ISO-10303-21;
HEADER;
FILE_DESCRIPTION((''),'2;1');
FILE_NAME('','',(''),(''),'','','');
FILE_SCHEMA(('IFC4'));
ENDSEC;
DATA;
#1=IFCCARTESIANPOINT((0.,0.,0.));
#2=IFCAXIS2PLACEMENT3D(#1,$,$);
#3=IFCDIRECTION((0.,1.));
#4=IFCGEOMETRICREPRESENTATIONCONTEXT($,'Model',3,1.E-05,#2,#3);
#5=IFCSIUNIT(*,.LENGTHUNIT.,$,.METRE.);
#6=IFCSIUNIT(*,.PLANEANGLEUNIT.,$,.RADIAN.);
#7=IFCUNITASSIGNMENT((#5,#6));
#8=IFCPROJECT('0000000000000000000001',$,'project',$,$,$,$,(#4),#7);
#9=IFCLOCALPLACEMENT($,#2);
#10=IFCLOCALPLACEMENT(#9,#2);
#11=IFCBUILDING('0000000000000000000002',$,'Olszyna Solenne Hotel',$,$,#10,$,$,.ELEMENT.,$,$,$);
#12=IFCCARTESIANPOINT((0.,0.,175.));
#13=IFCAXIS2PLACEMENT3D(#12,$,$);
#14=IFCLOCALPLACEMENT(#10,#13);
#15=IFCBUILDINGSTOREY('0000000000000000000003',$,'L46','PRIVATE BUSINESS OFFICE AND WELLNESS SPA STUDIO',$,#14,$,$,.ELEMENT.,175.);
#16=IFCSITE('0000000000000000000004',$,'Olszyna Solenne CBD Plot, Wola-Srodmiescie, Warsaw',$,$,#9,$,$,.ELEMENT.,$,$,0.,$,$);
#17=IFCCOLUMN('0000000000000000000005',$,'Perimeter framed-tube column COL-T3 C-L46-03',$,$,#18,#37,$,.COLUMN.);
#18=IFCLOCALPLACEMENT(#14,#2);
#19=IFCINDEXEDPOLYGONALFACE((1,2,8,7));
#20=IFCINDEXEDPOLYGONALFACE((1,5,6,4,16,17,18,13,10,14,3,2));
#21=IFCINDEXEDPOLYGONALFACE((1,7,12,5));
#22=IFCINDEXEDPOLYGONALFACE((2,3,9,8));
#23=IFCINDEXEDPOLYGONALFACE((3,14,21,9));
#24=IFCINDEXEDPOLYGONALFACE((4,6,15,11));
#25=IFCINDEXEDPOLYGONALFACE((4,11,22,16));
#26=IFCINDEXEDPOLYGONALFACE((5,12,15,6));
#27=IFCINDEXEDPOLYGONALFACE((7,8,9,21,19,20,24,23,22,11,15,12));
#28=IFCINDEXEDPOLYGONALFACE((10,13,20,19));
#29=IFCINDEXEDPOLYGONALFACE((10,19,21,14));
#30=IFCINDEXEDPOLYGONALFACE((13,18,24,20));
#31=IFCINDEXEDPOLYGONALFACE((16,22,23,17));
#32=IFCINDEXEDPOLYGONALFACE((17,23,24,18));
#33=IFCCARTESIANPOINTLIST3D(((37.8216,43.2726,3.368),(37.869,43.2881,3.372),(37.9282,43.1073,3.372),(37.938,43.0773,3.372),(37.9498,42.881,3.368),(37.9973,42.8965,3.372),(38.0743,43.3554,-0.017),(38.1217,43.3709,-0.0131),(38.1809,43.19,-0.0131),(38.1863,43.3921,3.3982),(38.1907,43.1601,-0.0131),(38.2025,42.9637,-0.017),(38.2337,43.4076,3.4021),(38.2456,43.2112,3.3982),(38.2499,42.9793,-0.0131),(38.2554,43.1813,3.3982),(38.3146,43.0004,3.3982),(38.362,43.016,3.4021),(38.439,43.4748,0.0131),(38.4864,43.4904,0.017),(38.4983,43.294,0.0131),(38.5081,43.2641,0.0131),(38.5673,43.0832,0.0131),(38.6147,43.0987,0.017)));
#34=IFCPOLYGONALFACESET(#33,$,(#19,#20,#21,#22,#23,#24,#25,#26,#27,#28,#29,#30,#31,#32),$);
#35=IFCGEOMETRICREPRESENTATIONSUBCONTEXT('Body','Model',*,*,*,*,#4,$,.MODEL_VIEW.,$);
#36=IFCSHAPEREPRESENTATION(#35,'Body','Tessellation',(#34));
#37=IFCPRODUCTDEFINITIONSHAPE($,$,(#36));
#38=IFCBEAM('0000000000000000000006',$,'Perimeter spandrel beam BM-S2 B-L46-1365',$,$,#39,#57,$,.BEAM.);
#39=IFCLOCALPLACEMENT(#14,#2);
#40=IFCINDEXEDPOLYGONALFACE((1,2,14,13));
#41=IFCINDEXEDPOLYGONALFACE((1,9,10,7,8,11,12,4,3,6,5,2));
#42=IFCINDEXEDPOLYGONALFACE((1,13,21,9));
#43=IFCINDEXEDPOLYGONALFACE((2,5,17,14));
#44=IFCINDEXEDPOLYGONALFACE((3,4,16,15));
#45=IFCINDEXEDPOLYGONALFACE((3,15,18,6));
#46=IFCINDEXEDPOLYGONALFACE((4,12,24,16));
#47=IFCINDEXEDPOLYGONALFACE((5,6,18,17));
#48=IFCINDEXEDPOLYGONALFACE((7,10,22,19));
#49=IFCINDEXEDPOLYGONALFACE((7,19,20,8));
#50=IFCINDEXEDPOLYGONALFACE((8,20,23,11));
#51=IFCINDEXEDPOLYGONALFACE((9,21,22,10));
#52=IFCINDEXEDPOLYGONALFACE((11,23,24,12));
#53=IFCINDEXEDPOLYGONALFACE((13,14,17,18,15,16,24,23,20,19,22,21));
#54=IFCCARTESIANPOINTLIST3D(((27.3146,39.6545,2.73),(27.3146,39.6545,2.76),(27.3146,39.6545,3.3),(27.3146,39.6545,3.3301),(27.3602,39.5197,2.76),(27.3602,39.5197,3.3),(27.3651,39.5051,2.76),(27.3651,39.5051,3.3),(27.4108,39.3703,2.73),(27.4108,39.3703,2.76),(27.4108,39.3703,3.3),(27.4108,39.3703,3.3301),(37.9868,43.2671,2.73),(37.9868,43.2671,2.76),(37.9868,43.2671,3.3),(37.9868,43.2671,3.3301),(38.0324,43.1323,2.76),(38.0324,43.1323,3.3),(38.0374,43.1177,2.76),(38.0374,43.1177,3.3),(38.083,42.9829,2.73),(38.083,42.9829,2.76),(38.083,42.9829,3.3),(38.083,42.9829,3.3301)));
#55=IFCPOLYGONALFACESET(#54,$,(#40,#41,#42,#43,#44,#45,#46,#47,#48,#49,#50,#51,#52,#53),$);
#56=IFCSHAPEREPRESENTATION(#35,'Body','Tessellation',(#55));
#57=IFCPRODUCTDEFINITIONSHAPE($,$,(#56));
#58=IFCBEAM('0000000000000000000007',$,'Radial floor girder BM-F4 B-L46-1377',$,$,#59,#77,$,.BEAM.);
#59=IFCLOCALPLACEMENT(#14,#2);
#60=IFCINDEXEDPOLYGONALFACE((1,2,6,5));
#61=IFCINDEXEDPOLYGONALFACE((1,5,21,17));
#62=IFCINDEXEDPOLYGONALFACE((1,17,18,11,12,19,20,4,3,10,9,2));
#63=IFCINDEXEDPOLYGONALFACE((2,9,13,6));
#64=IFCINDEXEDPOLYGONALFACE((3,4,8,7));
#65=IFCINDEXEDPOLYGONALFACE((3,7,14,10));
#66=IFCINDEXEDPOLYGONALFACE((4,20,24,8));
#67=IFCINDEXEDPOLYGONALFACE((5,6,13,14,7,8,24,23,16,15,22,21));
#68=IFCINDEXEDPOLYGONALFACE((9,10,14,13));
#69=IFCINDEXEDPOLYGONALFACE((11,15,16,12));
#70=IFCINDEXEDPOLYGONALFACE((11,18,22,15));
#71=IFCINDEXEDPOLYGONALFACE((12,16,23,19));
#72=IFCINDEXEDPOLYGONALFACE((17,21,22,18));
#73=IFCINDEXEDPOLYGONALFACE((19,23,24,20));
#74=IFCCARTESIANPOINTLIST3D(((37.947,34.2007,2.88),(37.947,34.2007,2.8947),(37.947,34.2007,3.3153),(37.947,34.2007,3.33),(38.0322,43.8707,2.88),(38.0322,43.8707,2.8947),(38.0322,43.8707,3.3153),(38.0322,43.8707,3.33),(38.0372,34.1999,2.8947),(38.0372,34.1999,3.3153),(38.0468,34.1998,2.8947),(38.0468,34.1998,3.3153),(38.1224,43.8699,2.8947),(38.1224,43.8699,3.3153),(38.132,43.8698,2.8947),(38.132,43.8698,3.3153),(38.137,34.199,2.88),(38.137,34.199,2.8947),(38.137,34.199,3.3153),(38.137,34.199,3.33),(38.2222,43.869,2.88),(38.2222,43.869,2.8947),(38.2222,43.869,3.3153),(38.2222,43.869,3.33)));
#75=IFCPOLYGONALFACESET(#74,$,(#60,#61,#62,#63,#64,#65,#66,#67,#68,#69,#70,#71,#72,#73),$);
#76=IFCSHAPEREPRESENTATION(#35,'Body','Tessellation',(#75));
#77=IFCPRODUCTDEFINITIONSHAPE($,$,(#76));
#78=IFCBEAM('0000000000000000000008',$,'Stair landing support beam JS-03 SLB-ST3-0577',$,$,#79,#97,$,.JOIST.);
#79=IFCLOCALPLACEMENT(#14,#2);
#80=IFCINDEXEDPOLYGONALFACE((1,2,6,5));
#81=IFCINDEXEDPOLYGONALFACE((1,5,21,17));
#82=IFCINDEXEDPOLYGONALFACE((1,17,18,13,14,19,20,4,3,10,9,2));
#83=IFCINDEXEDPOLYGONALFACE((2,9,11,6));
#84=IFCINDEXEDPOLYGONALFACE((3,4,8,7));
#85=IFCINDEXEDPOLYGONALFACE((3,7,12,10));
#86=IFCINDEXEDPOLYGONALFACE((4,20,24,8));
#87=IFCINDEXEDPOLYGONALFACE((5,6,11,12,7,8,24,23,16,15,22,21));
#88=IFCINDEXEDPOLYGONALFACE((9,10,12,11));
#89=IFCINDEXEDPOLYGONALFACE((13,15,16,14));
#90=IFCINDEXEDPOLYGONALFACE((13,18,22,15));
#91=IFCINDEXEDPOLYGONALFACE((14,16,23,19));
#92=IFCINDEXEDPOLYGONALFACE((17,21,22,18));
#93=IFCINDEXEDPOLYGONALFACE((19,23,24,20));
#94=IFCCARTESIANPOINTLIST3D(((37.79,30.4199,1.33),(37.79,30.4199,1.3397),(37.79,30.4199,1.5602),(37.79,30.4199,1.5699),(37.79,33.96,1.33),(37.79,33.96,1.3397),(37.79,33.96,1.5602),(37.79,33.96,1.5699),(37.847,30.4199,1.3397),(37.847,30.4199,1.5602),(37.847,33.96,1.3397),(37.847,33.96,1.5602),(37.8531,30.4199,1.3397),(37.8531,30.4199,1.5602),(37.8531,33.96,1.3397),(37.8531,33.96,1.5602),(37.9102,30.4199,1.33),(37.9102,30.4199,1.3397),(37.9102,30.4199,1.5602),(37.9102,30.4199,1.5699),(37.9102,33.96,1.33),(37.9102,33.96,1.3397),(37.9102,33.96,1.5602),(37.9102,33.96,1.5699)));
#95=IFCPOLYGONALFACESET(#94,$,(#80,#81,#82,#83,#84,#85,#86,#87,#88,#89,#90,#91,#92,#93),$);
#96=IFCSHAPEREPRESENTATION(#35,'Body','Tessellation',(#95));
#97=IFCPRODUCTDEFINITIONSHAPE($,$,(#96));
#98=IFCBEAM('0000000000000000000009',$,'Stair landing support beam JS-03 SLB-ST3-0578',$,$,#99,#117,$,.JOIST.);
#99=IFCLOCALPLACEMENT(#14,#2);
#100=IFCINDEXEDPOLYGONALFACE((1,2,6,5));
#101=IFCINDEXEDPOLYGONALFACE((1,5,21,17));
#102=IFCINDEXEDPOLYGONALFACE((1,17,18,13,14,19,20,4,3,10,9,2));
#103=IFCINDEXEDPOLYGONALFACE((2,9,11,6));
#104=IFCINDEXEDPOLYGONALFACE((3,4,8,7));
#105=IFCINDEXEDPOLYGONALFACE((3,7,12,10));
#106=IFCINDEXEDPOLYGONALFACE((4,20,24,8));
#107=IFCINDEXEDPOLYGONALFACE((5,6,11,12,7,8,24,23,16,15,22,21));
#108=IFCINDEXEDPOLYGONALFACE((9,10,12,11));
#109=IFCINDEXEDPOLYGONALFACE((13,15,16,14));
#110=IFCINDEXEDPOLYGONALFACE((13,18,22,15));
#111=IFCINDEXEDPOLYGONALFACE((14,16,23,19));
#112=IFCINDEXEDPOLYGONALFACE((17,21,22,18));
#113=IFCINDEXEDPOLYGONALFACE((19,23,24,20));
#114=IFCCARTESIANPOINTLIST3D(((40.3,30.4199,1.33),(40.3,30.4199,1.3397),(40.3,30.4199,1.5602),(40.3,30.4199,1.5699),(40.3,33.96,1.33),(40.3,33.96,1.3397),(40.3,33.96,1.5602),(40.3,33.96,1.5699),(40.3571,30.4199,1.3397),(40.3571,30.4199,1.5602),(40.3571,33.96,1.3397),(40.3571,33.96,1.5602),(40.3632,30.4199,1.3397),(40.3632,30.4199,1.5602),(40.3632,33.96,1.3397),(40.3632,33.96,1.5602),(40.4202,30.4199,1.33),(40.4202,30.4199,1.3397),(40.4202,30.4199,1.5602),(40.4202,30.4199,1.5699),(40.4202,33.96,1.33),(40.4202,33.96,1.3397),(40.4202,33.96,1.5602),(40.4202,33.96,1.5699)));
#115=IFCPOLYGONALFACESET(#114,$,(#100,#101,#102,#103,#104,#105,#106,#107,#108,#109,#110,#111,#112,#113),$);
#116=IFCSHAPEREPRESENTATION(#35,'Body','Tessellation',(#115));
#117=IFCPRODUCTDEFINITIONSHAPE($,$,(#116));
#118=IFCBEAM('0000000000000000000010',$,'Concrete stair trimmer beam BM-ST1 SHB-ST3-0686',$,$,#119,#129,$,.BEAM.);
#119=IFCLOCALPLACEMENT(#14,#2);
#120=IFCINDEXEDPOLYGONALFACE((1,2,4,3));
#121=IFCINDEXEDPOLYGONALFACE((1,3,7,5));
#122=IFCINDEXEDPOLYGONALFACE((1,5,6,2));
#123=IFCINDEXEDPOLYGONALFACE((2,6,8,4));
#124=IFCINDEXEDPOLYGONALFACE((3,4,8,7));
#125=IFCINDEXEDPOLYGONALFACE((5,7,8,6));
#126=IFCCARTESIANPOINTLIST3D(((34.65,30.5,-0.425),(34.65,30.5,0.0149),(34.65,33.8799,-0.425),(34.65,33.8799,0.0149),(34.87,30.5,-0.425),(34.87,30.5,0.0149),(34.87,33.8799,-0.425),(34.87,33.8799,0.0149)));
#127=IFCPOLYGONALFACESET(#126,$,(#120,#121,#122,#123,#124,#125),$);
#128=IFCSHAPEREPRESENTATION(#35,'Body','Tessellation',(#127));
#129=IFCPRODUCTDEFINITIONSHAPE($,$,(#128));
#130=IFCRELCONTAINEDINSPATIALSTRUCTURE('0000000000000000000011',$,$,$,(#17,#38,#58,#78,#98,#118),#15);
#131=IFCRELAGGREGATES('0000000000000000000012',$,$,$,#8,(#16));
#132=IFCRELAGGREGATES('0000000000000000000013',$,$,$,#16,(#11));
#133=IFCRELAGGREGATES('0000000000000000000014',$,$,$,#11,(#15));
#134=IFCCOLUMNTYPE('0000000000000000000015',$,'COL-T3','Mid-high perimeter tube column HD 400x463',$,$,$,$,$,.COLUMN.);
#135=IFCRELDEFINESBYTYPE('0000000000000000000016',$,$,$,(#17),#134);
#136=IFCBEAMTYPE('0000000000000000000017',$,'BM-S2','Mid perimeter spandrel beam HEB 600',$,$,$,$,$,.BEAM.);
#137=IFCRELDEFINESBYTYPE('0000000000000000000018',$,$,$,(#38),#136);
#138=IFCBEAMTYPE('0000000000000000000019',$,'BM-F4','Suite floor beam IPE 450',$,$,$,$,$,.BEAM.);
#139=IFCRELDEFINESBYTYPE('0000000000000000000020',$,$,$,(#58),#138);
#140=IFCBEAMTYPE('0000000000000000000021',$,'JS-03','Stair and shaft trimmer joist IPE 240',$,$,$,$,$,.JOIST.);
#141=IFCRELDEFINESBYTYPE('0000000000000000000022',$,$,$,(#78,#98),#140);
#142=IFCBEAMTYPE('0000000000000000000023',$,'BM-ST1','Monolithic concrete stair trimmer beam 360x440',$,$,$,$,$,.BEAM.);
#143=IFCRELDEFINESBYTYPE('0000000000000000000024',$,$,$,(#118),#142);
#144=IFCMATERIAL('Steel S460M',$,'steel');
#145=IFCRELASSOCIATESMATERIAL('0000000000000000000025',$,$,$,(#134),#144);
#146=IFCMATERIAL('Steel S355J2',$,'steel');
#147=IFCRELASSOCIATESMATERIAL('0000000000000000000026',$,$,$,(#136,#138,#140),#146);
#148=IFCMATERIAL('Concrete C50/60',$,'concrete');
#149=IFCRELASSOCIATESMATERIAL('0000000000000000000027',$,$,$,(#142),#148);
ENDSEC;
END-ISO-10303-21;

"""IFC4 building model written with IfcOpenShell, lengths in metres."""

from ifc_helpers import new_model, si_unit, direction, frame, origin, origin_2d, place, context, subcontext, project, spatial, rectangle, i_section, extrude, source, transform, mapped, material, material_profile, profile_set, type_object, element, save


model = new_model("IFC4")

# Units and contexts
model_context = context("Model", 3, precision=1e-05, world=origin(), true_north=direction((0.0, 1.0)))
body_context = subcontext(model_context, "Body", "Model", "MODEL_VIEW")
ifc_project = project(units=[si_unit("LENGTHUNIT", "METRE"), si_unit("PLANEANGLEUNIT", "RADIAN")], contexts=[model_context])

# Site, building, storey
site_placement = place(None, origin())
site = spatial("IfcSite", under=ifc_project, at=site_placement, Name="Olszyna Solenne CBD Plot, Wola-Srodmiescie, Warsaw", CompositionType="ELEMENT", RefElevation=0.0)
building_placement = place(site_placement, origin())
building = spatial("IfcBuilding", under=site, at=building_placement, Name="Olszyna Solenne Hotel", CompositionType="ELEMENT")
storey_placement = place(building_placement, frame((0.0, 0.0, 175.0)))
storey = spatial("IfcBuildingStorey", under=building, at=storey_placement, Name="L46", Description="PRIVATE BUSINESS OFFICE AND WELLNESS SPA STUDIO", CompositionType="ELEMENT", Elevation=175.0)

# Column
ifc_material_1 = material(Name="Steel S460M", Category="steel")
ifc_material_profile_1 = material_profile(ifc_material_1, i_section(OverallWidth=0.4121, OverallDepth=0.4351, WebThickness=0.0315, FlangeThickness=0.05, at=origin_2d()), Name="HD 400x463", Category="load-bearing")
ifc_profile_set_1 = profile_set([ifc_material_profile_1], Name="Steel S460M")
column_type = type_object("IfcColumnType", Name="COL-T3", Description="Mid-high perimeter tube column HD 400x463", PredefinedType="COLUMN", material=ifc_profile_set_1)
shared_shape_1 = source(origin(), body_context, "Body", "SweptSolid", [
    extrude(i_section(OverallWidth=0.4121, OverallDepth=0.4351, WebThickness=0.0315, FlangeThickness=0.05, at=origin_2d()), origin(), (0.0, 0.0, 1.0), 3.3955),
])
column_placement = place(storey_placement, frame((38.3445, 43.2271, 0.0), z_axis=(-0.074419, -0.024375, 0.996929), x_axis=(0.311265, -0.950323, 0.0)))
element("IfcColumn", 1, at=column_placement, inside=storey, type_object=column_type, Name="Perimeter framed-tube column COL-T3 C-L46-03", PredefinedType="COLUMN", context=body_context, shape_type="MappedRepresentation", body=[
    mapped(shared_shape_1, transform((0.0, 0.0, 0.0), x_axis=(1.0, 0.0, 0.0), y_axis=(0.0, 1.0, 0.0), z_axis=(0.0, 0.0, 1.0), scale=1.0)),
])

# Beams
ifc_material_2 = material(Name="Steel S355J2", Category="steel")
ifc_material_profile_2 = material_profile(ifc_material_2, i_section(OverallWidth=0.3, OverallDepth=0.6001, WebThickness=0.0154, FlangeThickness=0.03, at=origin_2d()), Name="HEB 600", Category="load-bearing")
ifc_profile_set_2 = profile_set([ifc_material_profile_2], Name="Steel S355J2")
beam_type_1 = type_object("IfcBeamType", Name="BM-S2", Description="Mid perimeter spandrel beam HEB 600", PredefinedType="BEAM", material=ifc_profile_set_2)
shared_shape_2 = source(origin(), body_context, "Body", "SweptSolid", [
    extrude(i_section(OverallWidth=0.3, OverallDepth=0.6001, WebThickness=0.0154, FlangeThickness=0.03, at=origin_2d()), origin(), (0.0, 0.0, 1.0), 11.2671),
])
beam_1_placement = place(storey_placement, frame((38.0349, 43.125, 3.03), z_axis=(-0.947204, -0.320632, 0.0), x_axis=(0.320632, -0.947204, 0.0)))
element("IfcBeam", 2, at=beam_1_placement, inside=storey, type_object=beam_type_1, Name="Perimeter spandrel beam BM-S2 B-L46-1365", PredefinedType="BEAM", context=body_context, shape_type="MappedRepresentation", body=[
    mapped(shared_shape_2, transform((0.0, 0.0, 0.0), x_axis=(1.0, 0.0, 0.0), y_axis=(0.0, 1.0, 0.0), z_axis=(0.0, 0.0, 1.0), scale=1.0)),
])
ifc_material_profile_3 = material_profile(ifc_material_2, i_section(OverallWidth=0.1899, OverallDepth=0.45, WebThickness=0.0095, FlangeThickness=0.0146, at=origin_2d()), Name="IPE 450", Category="load-bearing")
ifc_profile_set_3 = profile_set([ifc_material_profile_3], Name="Steel S355J2")
beam_type_2 = type_object("IfcBeamType", Name="BM-F4", Description="Suite floor beam IPE 450", PredefinedType="BEAM", material=ifc_profile_set_3)
shared_shape_3 = source(origin(), body_context, "Body", "SweptSolid", [
    extrude(i_section(OverallWidth=0.1899, OverallDepth=0.45, WebThickness=0.0095, FlangeThickness=0.0146, at=origin_2d()), origin(), (0.0, 0.0, 1.0), 9.6704),
])
beam_2_placement = place(storey_placement, frame((38.1272, 43.8699, 3.105), z_axis=(-0.008811, -0.999961, 0.0), x_axis=(0.999961, -0.008811, 0.0)))
element("IfcBeam", 3, at=beam_2_placement, inside=storey, type_object=beam_type_2, Name="Radial floor girder BM-F4 B-L46-1377", PredefinedType="BEAM", context=body_context, shape_type="MappedRepresentation", body=[
    mapped(shared_shape_3, transform((0.0, 0.0, 0.0), x_axis=(1.0, 0.0, 0.0), y_axis=(0.0, 1.0, 0.0), z_axis=(0.0, 0.0, 1.0), scale=1.0)),
])
ifc_material_profile_4 = material_profile(ifc_material_2, i_section(OverallWidth=0.1201, OverallDepth=0.24, WebThickness=0.0061, FlangeThickness=0.0098, at=origin_2d()), Name="IPE 240", Category="load-bearing")
ifc_profile_set_4 = profile_set([ifc_material_profile_4], Name="Steel S355J2")
beam_type_3 = type_object("IfcBeamType", Name="JS-03", Description="Stair and shaft trimmer joist IPE 240", PredefinedType="JOIST", material=ifc_profile_set_4)
shared_shape_4 = source(origin(), body_context, "Body", "SweptSolid", [
    extrude(i_section(OverallWidth=0.1201, OverallDepth=0.24, WebThickness=0.0061, FlangeThickness=0.0098, at=origin_2d()), origin(), (0.0, 0.0, 1.0), 3.54),
])
for number, where, z_axis, x_axis, name in (
    (4, (37.8501, 30.4199, 1.45), (0.0, 1.0, 0.0), (-1.0, 0.0, 0.0), "Stair landing support beam JS-03 SLB-ST3-0577"),
    (5, (40.3601, 30.4199, 1.45), (0.0, 1.0, 0.0), (-1.0, 0.0, 0.0), "Stair landing support beam JS-03 SLB-ST3-0578"),
):
    element("IfcBeam", number, at=place(storey_placement, frame(where, z_axis=z_axis, x_axis=x_axis)), inside=storey, type_object=beam_type_3, Name=name, PredefinedType="JOIST", context=body_context, shape_type="MappedRepresentation", body=[
        mapped(shared_shape_4, transform((0.0, 0.0, 0.0), x_axis=(1.0, 0.0, 0.0), y_axis=(0.0, 1.0, 0.0), z_axis=(0.0, 0.0, 1.0), scale=1.0)),
    ])
ifc_material_3 = material(Name="Concrete C50/60", Category="concrete")
ifc_material_profile_5 = material_profile(ifc_material_3, rectangle(XDim=0.22, YDim=0.4399, at=origin_2d()), Name="RC 220x440", Category="load-bearing")
ifc_profile_set_5 = profile_set([ifc_material_profile_5], Name="Concrete C50/60")
beam_type_4 = type_object("IfcBeamType", Name="BM-ST1", Description="Monolithic concrete stair trimmer beam 360x440", PredefinedType="BEAM", material=ifc_profile_set_5)
shared_shape_5 = source(origin(), body_context, "Body", "SweptSolid", [
    extrude(rectangle(XDim=0.22, YDim=0.4399, at=origin_2d()), origin(), (0.0, 0.0, 1.0), 3.3799),
])
beam_3_placement = place(storey_placement, frame((34.76, 30.5, -0.2051), z_axis=(0.0, 1.0, 0.0), x_axis=(-1.0, 0.0, 0.0)))
element("IfcBeam", 6, at=beam_3_placement, inside=storey, type_object=beam_type_4, Name="Concrete stair trimmer beam BM-ST1 SHB-ST3-0686", PredefinedType="BEAM", context=body_context, shape_type="MappedRepresentation", body=[
    mapped(shared_shape_5, transform((0.0, 0.0, 0.0), x_axis=(1.0, 0.0, 0.0), y_axis=(0.0, 1.0, 0.0), z_axis=(0.0, 0.0, 1.0), scale=1.0)),
])

save(model, "model.ifc")
